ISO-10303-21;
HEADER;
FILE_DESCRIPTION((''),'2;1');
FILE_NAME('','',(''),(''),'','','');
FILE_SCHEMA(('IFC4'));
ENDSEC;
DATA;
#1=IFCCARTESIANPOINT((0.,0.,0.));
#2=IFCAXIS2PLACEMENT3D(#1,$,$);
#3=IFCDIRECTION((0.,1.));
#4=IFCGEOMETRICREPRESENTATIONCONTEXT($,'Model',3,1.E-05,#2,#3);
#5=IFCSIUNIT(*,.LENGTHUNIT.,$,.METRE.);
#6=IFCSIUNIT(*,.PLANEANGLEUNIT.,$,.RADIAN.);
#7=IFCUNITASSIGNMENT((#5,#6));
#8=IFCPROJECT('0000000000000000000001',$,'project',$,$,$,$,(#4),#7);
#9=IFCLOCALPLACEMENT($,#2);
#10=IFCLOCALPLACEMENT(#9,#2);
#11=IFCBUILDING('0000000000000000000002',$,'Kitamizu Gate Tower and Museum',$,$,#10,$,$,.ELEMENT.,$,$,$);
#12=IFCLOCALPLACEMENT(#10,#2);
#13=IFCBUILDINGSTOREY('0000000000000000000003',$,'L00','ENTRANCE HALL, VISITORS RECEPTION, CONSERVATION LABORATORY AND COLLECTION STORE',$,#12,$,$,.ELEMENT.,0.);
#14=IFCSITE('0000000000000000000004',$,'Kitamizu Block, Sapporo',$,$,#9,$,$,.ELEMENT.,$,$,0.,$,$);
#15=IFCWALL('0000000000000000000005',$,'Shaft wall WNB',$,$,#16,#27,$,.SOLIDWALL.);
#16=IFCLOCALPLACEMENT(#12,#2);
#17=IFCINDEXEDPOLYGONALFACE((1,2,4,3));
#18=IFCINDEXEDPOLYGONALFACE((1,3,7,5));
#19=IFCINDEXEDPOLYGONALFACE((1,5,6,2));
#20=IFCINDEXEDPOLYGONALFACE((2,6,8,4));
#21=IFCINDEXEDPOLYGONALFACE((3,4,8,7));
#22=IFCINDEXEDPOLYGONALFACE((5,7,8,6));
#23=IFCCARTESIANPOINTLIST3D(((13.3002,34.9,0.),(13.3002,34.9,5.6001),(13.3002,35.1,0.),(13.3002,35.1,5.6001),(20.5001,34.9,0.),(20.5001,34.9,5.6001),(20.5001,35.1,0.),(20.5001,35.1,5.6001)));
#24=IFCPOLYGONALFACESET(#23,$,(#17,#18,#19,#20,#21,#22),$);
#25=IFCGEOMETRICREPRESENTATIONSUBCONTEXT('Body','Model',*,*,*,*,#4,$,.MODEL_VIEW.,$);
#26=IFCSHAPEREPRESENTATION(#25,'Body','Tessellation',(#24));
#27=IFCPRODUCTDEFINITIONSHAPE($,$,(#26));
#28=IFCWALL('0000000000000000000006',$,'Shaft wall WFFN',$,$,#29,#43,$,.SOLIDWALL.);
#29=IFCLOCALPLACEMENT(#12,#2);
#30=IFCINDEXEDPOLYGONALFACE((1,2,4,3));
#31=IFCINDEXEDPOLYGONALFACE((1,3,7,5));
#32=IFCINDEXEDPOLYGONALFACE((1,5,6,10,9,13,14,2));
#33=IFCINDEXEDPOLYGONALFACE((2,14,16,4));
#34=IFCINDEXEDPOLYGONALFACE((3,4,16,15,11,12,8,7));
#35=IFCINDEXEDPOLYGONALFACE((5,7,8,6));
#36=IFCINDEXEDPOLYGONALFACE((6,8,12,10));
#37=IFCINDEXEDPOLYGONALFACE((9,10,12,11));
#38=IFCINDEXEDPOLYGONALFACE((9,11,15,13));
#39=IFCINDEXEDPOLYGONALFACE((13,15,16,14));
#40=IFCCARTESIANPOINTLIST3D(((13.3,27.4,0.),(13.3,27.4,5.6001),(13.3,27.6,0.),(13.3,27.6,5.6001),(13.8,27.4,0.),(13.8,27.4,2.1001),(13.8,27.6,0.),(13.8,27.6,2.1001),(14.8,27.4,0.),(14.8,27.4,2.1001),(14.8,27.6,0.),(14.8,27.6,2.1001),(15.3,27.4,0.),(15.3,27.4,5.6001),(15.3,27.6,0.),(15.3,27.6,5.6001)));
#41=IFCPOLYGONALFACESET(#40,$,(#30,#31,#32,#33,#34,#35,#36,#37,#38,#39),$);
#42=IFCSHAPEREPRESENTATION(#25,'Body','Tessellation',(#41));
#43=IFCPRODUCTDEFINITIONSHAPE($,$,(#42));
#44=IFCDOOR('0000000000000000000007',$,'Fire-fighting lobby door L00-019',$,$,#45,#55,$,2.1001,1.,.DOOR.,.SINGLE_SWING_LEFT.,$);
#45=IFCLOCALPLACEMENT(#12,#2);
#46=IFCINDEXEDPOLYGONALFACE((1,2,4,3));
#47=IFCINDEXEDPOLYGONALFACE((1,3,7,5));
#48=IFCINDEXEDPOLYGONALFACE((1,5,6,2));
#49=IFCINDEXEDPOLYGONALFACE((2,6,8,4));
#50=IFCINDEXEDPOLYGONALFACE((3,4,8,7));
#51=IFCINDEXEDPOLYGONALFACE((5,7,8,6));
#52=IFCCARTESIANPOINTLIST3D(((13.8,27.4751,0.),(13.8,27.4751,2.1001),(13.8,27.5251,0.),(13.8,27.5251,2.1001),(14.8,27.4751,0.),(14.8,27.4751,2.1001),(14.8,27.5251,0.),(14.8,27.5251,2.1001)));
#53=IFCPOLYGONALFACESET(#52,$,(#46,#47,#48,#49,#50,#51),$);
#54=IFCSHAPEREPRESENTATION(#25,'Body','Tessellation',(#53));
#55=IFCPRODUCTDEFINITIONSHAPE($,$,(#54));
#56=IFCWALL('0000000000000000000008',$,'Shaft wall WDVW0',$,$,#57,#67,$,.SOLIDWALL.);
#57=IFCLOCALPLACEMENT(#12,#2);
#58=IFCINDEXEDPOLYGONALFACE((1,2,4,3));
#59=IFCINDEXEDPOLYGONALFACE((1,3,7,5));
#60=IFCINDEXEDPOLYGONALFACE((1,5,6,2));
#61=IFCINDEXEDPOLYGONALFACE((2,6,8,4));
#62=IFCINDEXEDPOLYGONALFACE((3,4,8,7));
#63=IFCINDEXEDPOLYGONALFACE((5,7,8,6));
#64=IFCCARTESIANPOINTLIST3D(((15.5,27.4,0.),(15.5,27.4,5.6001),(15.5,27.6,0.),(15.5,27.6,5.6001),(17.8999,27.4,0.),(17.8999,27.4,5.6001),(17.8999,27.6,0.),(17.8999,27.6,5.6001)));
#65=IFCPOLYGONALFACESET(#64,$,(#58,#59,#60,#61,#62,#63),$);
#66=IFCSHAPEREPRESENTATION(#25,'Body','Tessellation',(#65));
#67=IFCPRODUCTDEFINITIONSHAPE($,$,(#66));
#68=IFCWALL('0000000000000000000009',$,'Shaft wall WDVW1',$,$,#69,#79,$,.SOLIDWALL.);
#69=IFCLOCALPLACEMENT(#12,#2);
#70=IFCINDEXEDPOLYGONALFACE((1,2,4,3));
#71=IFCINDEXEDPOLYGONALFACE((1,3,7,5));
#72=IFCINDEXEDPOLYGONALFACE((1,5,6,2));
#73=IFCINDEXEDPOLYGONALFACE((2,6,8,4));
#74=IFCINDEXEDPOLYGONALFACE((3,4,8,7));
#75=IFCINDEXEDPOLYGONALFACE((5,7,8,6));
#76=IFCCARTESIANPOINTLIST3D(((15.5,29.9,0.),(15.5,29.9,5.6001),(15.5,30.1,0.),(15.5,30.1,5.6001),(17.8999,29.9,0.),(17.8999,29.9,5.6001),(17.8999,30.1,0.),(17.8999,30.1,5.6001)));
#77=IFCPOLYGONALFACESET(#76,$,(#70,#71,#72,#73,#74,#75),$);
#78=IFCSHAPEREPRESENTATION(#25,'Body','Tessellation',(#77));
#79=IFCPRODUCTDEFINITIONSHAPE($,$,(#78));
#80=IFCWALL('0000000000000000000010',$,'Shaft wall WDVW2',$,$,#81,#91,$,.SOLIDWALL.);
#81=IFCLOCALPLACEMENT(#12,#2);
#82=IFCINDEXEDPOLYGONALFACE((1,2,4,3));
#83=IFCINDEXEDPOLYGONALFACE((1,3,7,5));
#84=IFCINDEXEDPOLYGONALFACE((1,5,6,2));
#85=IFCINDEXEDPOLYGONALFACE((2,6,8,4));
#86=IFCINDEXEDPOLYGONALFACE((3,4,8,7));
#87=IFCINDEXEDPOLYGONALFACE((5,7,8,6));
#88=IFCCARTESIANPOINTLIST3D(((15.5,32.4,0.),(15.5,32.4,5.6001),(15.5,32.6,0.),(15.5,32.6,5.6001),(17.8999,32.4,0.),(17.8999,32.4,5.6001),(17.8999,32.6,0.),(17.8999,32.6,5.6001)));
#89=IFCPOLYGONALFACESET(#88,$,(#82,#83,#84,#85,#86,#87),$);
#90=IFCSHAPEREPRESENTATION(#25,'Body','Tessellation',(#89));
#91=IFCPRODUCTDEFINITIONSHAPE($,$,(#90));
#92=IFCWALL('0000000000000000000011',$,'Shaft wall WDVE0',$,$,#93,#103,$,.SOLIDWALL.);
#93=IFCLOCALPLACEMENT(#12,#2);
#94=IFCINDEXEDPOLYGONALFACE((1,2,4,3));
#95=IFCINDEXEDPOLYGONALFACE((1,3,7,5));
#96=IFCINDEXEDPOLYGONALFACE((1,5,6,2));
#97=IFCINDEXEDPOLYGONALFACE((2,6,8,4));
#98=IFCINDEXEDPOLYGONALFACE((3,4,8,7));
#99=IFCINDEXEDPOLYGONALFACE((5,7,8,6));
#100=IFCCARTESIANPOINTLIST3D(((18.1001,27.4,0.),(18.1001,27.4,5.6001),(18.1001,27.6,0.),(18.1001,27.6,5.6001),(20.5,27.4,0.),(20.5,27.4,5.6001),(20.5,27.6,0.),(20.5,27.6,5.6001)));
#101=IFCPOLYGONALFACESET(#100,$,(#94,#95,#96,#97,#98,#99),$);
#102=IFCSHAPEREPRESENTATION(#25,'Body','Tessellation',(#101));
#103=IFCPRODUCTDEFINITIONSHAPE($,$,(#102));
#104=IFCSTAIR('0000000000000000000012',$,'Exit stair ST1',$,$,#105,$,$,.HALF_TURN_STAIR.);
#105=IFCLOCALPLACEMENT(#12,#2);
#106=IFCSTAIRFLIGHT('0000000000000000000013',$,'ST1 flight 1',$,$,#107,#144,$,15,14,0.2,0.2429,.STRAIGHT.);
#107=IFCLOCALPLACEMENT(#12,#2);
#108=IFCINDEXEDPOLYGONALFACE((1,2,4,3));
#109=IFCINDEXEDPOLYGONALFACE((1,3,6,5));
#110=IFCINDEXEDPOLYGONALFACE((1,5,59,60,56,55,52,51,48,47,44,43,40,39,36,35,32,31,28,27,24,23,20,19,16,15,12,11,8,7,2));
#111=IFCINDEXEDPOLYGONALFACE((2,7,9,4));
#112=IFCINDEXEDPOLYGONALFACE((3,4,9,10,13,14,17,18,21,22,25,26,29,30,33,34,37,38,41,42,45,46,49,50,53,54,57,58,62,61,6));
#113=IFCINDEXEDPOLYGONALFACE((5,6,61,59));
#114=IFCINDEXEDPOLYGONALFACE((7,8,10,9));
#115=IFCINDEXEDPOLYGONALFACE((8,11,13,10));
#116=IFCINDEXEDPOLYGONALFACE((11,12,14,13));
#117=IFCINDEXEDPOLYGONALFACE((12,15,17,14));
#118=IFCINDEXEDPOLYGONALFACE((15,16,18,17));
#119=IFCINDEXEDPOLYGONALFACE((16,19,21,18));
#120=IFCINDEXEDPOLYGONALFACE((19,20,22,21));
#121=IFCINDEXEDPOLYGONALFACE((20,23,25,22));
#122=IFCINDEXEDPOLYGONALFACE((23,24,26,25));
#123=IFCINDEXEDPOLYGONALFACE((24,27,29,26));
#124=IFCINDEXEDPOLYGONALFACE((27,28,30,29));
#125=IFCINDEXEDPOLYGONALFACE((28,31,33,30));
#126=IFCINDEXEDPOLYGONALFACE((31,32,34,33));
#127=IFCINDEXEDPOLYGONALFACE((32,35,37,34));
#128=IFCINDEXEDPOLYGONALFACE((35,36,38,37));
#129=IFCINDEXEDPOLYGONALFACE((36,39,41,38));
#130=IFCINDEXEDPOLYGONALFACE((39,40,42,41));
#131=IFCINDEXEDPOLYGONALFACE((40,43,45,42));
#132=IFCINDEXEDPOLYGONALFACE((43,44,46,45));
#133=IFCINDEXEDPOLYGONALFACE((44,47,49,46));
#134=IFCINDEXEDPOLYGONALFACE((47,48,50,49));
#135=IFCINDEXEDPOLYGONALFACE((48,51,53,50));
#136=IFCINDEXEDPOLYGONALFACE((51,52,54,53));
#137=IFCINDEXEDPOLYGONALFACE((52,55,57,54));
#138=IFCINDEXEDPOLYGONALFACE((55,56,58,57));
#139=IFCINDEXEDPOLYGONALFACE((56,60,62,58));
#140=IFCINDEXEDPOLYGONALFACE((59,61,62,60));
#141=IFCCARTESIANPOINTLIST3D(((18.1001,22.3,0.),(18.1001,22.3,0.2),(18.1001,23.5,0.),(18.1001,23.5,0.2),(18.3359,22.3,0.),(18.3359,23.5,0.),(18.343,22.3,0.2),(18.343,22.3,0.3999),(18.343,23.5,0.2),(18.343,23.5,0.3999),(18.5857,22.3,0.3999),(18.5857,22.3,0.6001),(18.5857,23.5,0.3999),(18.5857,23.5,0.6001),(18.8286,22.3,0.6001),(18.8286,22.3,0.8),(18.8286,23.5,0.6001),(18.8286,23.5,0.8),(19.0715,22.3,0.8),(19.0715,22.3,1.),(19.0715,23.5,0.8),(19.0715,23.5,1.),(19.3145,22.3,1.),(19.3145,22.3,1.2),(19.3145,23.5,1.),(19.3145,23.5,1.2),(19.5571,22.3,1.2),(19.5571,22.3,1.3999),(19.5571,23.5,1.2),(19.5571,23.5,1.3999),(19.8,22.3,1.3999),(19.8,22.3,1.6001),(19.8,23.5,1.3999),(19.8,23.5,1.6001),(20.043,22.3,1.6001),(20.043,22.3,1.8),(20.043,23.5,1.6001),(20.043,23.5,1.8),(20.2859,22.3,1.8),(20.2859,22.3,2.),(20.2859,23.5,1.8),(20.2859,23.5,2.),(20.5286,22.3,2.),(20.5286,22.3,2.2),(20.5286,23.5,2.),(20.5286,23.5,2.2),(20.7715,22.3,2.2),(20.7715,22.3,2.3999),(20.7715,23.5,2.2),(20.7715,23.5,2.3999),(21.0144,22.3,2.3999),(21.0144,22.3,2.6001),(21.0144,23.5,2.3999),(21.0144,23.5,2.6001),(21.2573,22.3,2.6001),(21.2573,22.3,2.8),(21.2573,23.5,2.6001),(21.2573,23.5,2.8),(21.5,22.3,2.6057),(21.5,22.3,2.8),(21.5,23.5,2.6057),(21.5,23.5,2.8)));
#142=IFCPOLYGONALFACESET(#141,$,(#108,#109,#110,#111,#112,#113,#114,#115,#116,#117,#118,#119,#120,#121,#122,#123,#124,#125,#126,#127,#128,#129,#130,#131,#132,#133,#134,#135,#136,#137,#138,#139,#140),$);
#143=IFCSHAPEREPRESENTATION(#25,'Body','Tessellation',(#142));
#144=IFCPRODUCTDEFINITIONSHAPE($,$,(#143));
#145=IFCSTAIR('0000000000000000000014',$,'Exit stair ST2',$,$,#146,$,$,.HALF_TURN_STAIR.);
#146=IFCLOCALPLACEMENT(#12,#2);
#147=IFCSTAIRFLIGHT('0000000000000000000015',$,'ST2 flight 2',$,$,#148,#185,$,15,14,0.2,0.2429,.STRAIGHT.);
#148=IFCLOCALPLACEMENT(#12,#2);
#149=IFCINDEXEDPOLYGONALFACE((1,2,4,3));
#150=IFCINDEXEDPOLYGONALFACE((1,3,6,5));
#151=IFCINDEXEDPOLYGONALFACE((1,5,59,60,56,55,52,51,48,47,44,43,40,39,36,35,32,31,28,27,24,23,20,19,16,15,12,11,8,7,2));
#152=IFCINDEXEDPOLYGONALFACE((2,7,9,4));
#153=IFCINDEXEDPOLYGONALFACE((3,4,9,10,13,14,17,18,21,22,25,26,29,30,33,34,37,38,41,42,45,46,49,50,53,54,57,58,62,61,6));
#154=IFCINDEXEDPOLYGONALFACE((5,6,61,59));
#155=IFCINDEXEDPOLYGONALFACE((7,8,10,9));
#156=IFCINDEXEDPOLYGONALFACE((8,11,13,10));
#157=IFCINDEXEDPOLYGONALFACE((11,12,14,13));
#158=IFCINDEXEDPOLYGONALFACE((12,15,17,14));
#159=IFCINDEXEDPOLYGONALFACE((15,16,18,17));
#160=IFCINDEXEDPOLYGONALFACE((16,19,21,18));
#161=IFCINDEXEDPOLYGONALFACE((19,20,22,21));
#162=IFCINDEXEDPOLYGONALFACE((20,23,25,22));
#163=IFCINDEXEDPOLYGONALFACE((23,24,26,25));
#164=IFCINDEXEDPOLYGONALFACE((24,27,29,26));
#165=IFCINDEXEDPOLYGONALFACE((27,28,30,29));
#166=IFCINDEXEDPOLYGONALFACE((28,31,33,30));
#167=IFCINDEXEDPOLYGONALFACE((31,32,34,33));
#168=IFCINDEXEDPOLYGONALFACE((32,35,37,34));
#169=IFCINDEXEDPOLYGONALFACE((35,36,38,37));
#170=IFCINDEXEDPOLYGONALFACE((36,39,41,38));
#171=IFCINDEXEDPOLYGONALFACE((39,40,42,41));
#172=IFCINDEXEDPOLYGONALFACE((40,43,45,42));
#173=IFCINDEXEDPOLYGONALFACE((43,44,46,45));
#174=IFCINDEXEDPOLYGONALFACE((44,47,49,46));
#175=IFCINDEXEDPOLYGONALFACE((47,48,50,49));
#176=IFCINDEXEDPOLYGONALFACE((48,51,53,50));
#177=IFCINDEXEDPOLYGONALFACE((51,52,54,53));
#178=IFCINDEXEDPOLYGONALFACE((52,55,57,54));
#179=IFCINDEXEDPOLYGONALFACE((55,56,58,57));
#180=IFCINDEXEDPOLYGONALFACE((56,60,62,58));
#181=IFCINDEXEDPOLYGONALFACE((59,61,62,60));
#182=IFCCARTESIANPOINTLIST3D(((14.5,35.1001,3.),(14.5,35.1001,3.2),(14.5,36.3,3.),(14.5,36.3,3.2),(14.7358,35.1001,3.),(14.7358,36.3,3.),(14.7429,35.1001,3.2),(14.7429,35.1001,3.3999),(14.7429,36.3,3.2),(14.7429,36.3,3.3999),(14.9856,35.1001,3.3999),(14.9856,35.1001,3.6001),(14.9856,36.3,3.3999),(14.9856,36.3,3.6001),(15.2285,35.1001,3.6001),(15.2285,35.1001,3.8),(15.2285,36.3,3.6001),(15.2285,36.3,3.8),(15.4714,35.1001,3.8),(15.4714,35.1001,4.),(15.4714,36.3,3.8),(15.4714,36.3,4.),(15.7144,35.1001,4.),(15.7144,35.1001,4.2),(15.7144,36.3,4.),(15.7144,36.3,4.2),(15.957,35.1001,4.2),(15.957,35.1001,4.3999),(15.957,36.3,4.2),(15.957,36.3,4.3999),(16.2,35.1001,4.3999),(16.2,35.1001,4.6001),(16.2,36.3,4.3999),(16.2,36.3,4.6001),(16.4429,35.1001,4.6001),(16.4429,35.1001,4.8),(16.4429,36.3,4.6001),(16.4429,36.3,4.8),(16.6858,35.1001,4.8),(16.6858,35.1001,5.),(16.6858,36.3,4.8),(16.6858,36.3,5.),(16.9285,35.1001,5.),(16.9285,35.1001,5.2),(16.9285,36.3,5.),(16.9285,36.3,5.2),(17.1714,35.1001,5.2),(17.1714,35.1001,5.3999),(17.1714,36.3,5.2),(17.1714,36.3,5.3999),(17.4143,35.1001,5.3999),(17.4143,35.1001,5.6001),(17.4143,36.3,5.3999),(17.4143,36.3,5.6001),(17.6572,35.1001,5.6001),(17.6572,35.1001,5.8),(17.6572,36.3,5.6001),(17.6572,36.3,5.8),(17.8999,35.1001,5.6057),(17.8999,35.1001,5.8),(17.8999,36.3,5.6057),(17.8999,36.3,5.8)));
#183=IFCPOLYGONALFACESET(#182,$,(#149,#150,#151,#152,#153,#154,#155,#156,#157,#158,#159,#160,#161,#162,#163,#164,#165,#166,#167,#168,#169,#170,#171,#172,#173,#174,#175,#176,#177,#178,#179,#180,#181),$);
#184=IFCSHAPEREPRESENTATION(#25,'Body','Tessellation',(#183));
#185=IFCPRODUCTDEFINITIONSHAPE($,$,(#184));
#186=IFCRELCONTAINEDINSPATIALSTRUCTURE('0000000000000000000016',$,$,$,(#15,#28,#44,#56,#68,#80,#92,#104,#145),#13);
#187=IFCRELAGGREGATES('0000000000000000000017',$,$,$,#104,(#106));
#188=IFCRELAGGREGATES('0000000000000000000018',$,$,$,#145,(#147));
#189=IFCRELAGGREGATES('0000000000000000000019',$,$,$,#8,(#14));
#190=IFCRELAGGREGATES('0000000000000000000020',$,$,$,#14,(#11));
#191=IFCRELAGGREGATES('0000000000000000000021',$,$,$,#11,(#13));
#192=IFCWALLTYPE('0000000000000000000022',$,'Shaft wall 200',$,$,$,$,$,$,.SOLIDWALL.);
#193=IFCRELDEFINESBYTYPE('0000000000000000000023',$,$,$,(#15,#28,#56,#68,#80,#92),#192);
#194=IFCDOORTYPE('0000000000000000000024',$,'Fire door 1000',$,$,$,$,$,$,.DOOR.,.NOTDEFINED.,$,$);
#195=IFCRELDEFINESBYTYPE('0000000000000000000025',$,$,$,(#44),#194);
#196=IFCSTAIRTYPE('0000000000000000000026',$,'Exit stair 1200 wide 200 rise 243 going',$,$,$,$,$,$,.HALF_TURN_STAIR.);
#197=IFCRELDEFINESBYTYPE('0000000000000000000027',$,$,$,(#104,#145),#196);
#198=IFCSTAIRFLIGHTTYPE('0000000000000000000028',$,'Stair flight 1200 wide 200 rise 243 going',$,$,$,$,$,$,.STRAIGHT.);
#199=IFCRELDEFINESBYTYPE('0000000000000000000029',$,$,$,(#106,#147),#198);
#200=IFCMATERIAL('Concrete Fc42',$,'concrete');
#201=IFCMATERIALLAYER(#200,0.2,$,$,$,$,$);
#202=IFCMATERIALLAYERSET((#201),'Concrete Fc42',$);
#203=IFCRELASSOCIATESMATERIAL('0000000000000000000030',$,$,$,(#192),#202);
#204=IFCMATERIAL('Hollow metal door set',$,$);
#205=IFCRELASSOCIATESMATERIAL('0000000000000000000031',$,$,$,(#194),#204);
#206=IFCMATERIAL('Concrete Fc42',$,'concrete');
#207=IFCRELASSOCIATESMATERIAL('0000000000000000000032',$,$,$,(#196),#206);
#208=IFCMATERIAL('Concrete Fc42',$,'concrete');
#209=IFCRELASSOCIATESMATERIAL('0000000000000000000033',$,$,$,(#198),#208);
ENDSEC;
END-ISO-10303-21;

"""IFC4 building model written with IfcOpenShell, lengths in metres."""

from ifc_helpers import new_model, si_unit, direction, frame, frame_2d, origin, place, context, subcontext, project, spatial, polyline, rectangle, outline, extrude, material, layer, layer_set, type_object, element, fill, aggregate, save


model = new_model("IFC4")

# Units and contexts
model_context = context("Model", 3, precision=1e-05, world=origin(), true_north=direction((0.0, 1.0)))
body_context = subcontext(model_context, "Body", "Model", "MODEL_VIEW")
ifc_project = project(units=[si_unit("LENGTHUNIT", "METRE"), si_unit("PLANEANGLEUNIT", "RADIAN")], contexts=[model_context])

# Site, building, storey
site_placement = place(None, origin())
site = spatial("IfcSite", under=ifc_project, at=site_placement, Name="Kitamizu Block, Sapporo", CompositionType="ELEMENT", RefElevation=0.0)
building_placement = place(site_placement, origin())
building = spatial("IfcBuilding", under=site, at=building_placement, Name="Kitamizu Gate Tower and Museum", CompositionType="ELEMENT")
storey_placement = place(building_placement, origin())
storey = spatial("IfcBuildingStorey", under=building, at=storey_placement, Name="L00", Description="ENTRANCE HALL, VISITORS RECEPTION, CONSERVATION LABORATORY AND COLLECTION STORE", CompositionType="ELEMENT", Elevation=0.0)

# Wall
ifc_material_1 = material(Name="Concrete Fc42", Category="concrete")
ifc_layer = layer(ifc_material_1, 0.2)
ifc_layer_set = layer_set([ifc_layer], Name="Concrete Fc42")
wall_type = type_object("IfcWallType", Name="Shaft wall 200", PredefinedType="SOLIDWALL", material=ifc_layer_set)
for number, where, z_axis, x_axis, name in (
    (1, (13.3, 35.0, 0.0), (0.0, 0.0, 1.0), (1.0, 0.0, 0.0), "Shaft wall WNB"),
):
    element("IfcWall", number, at=place(storey_placement, frame(where, z_axis=z_axis, x_axis=x_axis)), inside=storey, type_object=wall_type, Name=name, PredefinedType="SOLIDWALL", context=body_context, shape_type="SweptSolid", body=[
        extrude(rectangle(XDim=7.2, YDim=0.2, at=frame_2d((3.6001, 0.0))), origin(), (0.0, 0.0, 1.0), 5.6001),
    ])

# Wall, opening, door
wall_1_placement = place(storey_placement, frame((13.3, 27.5, 0.0), z_axis=(0.0, 0.0, 1.0), x_axis=(1.0, 0.0, 0.0)))
wall_1 = element("IfcWall", 2, at=wall_1_placement, inside=storey, type_object=wall_type, Name="Shaft wall WFFN", PredefinedType="SOLIDWALL", context=body_context, shape_type="SweptSolid", body=[
    extrude(rectangle(XDim=2.0, YDim=0.2, at=frame_2d((1.0, 0.0))), origin(), (0.0, 0.0, 1.0), 5.6001),
])
opening_placement = place(wall_1_placement, frame((0.5, 0.0, 0.0)))
opening = element("IfcOpeningElement", 3, at=opening_placement, cuts=wall_1, PredefinedType="OPENING", context=body_context, shape_type="SweptSolid", body=[
    extrude(rectangle(XDim=1.0, YDim=2.1001, at=frame_2d((0.5, 1.05))), frame((0.0, 0.1099, 0.0), z_axis=(0.0, -1.0, 0.0), x_axis=(1.0, 0.0, 0.0)), (0.0, 0.0, 1.0), 0.22),
])
ifc_material_2 = material(Name="Hollow metal door set")
door_type = type_object("IfcDoorType", Name="Fire door 1000", OperationType="NOTDEFINED", PredefinedType="DOOR", material=ifc_material_2)
door_placement = place(opening_placement, frame((1.0, 0.0, 0.0), x_axis=(-1.0, 0.0, 0.0)))
door = element("IfcDoor", 4, at=door_placement, inside=storey, type_object=door_type, Name="Fire-fighting lobby door L00-019", OperationType="SINGLE_SWING_LEFT", OverallHeight=2.1001, OverallWidth=1.0, PredefinedType="DOOR", context=body_context, shape_type="SweptSolid", body=[
    extrude(rectangle(XDim=1.0, YDim=2.1001, at=frame_2d((0.5, 1.05))), frame((0.0, 0.0249, 0.0), z_axis=(0.0, -1.0, 0.0), x_axis=(1.0, 0.0, 0.0)), (0.0, 0.0, 1.0), 0.05),
])
fill(opening, door)

# Walls
for number, where, z_axis, x_axis, name in (
    (5, (15.5, 27.5, 0.0), (0.0, 0.0, 1.0), (1.0, 0.0, 0.0), "Shaft wall WDVW0"),
    (6, (15.5, 30.0, 0.0), (0.0, 0.0, 1.0), (1.0, 0.0, 0.0), "Shaft wall WDVW1"),
    (7, (15.5, 32.5, 0.0), (0.0, 0.0, 1.0), (1.0, 0.0, 0.0), "Shaft wall WDVW2"),
    (8, (18.1001, 27.5, 0.0), (0.0, 0.0, 1.0), (1.0, 0.0, 0.0), "Shaft wall WDVE0"),
):
    element("IfcWall", number, at=place(storey_placement, frame(where, z_axis=z_axis, x_axis=x_axis)), inside=storey, type_object=wall_type, Name=name, PredefinedType="SOLIDWALL", context=body_context, shape_type="SweptSolid", body=[
        extrude(rectangle(XDim=2.3999, YDim=0.2, at=frame_2d((1.2, 0.0))), origin(), (0.0, 0.0, 1.0), 5.6001),
    ])

# Stairs, stair flights
ifc_material_3 = material(Name="Concrete Fc42", Category="concrete")
stair_type = type_object("IfcStairType", Name="Exit stair 1200 wide 200 rise 243 going", PredefinedType="HALF_TURN_STAIR", material=ifc_material_3)
stair_1_placement = place(storey_placement, origin())
stair_1 = element("IfcStair", 9, at=stair_1_placement, inside=storey, type_object=stair_type, Name="Exit stair ST1", PredefinedType="HALF_TURN_STAIR")
ifc_material_4 = material(Name="Concrete Fc42", Category="concrete")
stair_flight_type = type_object("IfcStairFlightType", Name="Stair flight 1200 wide 200 rise 243 going", PredefinedType="STRAIGHT", material=ifc_material_4)
stair_flight_1_placement = place(storey_placement, frame((18.1001, 22.8999, 0.0), z_axis=(0.0, 0.0, 1.0), x_axis=(1.0, 0.0, 0.0)))
stair_flight_1 = element("IfcStairFlight", 10, at=stair_flight_1_placement, type_object=stair_flight_type, Name="ST1 flight 1", NumberOfRisers=15, NumberOfTreads=14, PredefinedType="STRAIGHT", RiserHeight=0.2, TreadLength=0.2429, context=body_context, shape_type="SweptSolid", body=[
    extrude(outline(polyline([(0.0, 0.0), (0.0, 0.2), (0.2429, 0.2), (0.2429, 0.3999), (0.4856, 0.3999), (0.4856, 0.6001), (0.7285, 0.6001), (0.7285, 0.8), (0.9714, 0.8), (0.9714, 1.0), (1.2144, 1.0), (1.2144, 1.2), (1.457, 1.2), (1.457, 1.3999), (1.7, 1.3999), (1.7, 1.6001), (1.9429, 1.6001), (1.9429, 1.8), (2.1858, 1.8), (2.1858, 2.0), (2.4285, 2.0), (2.4285, 2.2), (2.6714, 2.2), (2.6714, 2.3999), (2.9143, 2.3999), (2.9143, 2.6001), (3.1572, 2.6001), (3.1572, 2.8), (3.3999, 2.8), (3.3999, 3.0), (3.3999, 2.6057), (0.2358, 0.0), (0.0, 0.0)])), frame((0.0, 0.6001, 0.0), z_axis=(0.0, -1.0, 0.0), x_axis=(1.0, 0.0, 0.0)), (0.0, 0.0, 1.0), 1.2),
])
aggregate(stair_1, [stair_flight_1])
stair_2_placement = place(storey_placement, origin())
stair_2 = element("IfcStair", 11, at=stair_2_placement, inside=storey, type_object=stair_type, Name="Exit stair ST2", PredefinedType="HALF_TURN_STAIR")
stair_flight_2_placement = place(storey_placement, frame((14.5, 35.7, 3.0), z_axis=(0.0, 0.0, 1.0), x_axis=(1.0, 0.0, 0.0)))
stair_flight_2 = element("IfcStairFlight", 12, at=stair_flight_2_placement, type_object=stair_flight_type, Name="ST2 flight 2", NumberOfRisers=15, NumberOfTreads=14, PredefinedType="STRAIGHT", RiserHeight=0.2, TreadLength=0.2429, context=body_context, shape_type="SweptSolid", body=[
    extrude(outline(polyline([(0.0, 0.0), (0.0, 0.2), (0.2429, 0.2), (0.2429, 0.3999), (0.4856, 0.3999), (0.4856, 0.6001), (0.7285, 0.6001), (0.7285, 0.8), (0.9714, 0.8), (0.9714, 1.0), (1.2144, 1.0), (1.2144, 1.2), (1.457, 1.2), (1.457, 1.3999), (1.7, 1.3999), (1.7, 1.6001), (1.9429, 1.6001), (1.9429, 1.8), (2.1858, 1.8), (2.1858, 2.0), (2.4285, 2.0), (2.4285, 2.2), (2.6714, 2.2), (2.6714, 2.3999), (2.9143, 2.3999), (2.9143, 2.6001), (3.1572, 2.6001), (3.1572, 2.8), (3.3999, 2.8), (3.3999, 3.0), (3.3999, 2.6057), (0.2358, 0.0), (0.0, 0.0)])), frame((0.0, 0.6001, 0.0), z_axis=(0.0, -1.0, 0.0), x_axis=(1.0, 0.0, 0.0)), (0.0, 0.0, 1.0), 1.2),
])
aggregate(stair_2, [stair_flight_2])

save(model, "model.ifc")
